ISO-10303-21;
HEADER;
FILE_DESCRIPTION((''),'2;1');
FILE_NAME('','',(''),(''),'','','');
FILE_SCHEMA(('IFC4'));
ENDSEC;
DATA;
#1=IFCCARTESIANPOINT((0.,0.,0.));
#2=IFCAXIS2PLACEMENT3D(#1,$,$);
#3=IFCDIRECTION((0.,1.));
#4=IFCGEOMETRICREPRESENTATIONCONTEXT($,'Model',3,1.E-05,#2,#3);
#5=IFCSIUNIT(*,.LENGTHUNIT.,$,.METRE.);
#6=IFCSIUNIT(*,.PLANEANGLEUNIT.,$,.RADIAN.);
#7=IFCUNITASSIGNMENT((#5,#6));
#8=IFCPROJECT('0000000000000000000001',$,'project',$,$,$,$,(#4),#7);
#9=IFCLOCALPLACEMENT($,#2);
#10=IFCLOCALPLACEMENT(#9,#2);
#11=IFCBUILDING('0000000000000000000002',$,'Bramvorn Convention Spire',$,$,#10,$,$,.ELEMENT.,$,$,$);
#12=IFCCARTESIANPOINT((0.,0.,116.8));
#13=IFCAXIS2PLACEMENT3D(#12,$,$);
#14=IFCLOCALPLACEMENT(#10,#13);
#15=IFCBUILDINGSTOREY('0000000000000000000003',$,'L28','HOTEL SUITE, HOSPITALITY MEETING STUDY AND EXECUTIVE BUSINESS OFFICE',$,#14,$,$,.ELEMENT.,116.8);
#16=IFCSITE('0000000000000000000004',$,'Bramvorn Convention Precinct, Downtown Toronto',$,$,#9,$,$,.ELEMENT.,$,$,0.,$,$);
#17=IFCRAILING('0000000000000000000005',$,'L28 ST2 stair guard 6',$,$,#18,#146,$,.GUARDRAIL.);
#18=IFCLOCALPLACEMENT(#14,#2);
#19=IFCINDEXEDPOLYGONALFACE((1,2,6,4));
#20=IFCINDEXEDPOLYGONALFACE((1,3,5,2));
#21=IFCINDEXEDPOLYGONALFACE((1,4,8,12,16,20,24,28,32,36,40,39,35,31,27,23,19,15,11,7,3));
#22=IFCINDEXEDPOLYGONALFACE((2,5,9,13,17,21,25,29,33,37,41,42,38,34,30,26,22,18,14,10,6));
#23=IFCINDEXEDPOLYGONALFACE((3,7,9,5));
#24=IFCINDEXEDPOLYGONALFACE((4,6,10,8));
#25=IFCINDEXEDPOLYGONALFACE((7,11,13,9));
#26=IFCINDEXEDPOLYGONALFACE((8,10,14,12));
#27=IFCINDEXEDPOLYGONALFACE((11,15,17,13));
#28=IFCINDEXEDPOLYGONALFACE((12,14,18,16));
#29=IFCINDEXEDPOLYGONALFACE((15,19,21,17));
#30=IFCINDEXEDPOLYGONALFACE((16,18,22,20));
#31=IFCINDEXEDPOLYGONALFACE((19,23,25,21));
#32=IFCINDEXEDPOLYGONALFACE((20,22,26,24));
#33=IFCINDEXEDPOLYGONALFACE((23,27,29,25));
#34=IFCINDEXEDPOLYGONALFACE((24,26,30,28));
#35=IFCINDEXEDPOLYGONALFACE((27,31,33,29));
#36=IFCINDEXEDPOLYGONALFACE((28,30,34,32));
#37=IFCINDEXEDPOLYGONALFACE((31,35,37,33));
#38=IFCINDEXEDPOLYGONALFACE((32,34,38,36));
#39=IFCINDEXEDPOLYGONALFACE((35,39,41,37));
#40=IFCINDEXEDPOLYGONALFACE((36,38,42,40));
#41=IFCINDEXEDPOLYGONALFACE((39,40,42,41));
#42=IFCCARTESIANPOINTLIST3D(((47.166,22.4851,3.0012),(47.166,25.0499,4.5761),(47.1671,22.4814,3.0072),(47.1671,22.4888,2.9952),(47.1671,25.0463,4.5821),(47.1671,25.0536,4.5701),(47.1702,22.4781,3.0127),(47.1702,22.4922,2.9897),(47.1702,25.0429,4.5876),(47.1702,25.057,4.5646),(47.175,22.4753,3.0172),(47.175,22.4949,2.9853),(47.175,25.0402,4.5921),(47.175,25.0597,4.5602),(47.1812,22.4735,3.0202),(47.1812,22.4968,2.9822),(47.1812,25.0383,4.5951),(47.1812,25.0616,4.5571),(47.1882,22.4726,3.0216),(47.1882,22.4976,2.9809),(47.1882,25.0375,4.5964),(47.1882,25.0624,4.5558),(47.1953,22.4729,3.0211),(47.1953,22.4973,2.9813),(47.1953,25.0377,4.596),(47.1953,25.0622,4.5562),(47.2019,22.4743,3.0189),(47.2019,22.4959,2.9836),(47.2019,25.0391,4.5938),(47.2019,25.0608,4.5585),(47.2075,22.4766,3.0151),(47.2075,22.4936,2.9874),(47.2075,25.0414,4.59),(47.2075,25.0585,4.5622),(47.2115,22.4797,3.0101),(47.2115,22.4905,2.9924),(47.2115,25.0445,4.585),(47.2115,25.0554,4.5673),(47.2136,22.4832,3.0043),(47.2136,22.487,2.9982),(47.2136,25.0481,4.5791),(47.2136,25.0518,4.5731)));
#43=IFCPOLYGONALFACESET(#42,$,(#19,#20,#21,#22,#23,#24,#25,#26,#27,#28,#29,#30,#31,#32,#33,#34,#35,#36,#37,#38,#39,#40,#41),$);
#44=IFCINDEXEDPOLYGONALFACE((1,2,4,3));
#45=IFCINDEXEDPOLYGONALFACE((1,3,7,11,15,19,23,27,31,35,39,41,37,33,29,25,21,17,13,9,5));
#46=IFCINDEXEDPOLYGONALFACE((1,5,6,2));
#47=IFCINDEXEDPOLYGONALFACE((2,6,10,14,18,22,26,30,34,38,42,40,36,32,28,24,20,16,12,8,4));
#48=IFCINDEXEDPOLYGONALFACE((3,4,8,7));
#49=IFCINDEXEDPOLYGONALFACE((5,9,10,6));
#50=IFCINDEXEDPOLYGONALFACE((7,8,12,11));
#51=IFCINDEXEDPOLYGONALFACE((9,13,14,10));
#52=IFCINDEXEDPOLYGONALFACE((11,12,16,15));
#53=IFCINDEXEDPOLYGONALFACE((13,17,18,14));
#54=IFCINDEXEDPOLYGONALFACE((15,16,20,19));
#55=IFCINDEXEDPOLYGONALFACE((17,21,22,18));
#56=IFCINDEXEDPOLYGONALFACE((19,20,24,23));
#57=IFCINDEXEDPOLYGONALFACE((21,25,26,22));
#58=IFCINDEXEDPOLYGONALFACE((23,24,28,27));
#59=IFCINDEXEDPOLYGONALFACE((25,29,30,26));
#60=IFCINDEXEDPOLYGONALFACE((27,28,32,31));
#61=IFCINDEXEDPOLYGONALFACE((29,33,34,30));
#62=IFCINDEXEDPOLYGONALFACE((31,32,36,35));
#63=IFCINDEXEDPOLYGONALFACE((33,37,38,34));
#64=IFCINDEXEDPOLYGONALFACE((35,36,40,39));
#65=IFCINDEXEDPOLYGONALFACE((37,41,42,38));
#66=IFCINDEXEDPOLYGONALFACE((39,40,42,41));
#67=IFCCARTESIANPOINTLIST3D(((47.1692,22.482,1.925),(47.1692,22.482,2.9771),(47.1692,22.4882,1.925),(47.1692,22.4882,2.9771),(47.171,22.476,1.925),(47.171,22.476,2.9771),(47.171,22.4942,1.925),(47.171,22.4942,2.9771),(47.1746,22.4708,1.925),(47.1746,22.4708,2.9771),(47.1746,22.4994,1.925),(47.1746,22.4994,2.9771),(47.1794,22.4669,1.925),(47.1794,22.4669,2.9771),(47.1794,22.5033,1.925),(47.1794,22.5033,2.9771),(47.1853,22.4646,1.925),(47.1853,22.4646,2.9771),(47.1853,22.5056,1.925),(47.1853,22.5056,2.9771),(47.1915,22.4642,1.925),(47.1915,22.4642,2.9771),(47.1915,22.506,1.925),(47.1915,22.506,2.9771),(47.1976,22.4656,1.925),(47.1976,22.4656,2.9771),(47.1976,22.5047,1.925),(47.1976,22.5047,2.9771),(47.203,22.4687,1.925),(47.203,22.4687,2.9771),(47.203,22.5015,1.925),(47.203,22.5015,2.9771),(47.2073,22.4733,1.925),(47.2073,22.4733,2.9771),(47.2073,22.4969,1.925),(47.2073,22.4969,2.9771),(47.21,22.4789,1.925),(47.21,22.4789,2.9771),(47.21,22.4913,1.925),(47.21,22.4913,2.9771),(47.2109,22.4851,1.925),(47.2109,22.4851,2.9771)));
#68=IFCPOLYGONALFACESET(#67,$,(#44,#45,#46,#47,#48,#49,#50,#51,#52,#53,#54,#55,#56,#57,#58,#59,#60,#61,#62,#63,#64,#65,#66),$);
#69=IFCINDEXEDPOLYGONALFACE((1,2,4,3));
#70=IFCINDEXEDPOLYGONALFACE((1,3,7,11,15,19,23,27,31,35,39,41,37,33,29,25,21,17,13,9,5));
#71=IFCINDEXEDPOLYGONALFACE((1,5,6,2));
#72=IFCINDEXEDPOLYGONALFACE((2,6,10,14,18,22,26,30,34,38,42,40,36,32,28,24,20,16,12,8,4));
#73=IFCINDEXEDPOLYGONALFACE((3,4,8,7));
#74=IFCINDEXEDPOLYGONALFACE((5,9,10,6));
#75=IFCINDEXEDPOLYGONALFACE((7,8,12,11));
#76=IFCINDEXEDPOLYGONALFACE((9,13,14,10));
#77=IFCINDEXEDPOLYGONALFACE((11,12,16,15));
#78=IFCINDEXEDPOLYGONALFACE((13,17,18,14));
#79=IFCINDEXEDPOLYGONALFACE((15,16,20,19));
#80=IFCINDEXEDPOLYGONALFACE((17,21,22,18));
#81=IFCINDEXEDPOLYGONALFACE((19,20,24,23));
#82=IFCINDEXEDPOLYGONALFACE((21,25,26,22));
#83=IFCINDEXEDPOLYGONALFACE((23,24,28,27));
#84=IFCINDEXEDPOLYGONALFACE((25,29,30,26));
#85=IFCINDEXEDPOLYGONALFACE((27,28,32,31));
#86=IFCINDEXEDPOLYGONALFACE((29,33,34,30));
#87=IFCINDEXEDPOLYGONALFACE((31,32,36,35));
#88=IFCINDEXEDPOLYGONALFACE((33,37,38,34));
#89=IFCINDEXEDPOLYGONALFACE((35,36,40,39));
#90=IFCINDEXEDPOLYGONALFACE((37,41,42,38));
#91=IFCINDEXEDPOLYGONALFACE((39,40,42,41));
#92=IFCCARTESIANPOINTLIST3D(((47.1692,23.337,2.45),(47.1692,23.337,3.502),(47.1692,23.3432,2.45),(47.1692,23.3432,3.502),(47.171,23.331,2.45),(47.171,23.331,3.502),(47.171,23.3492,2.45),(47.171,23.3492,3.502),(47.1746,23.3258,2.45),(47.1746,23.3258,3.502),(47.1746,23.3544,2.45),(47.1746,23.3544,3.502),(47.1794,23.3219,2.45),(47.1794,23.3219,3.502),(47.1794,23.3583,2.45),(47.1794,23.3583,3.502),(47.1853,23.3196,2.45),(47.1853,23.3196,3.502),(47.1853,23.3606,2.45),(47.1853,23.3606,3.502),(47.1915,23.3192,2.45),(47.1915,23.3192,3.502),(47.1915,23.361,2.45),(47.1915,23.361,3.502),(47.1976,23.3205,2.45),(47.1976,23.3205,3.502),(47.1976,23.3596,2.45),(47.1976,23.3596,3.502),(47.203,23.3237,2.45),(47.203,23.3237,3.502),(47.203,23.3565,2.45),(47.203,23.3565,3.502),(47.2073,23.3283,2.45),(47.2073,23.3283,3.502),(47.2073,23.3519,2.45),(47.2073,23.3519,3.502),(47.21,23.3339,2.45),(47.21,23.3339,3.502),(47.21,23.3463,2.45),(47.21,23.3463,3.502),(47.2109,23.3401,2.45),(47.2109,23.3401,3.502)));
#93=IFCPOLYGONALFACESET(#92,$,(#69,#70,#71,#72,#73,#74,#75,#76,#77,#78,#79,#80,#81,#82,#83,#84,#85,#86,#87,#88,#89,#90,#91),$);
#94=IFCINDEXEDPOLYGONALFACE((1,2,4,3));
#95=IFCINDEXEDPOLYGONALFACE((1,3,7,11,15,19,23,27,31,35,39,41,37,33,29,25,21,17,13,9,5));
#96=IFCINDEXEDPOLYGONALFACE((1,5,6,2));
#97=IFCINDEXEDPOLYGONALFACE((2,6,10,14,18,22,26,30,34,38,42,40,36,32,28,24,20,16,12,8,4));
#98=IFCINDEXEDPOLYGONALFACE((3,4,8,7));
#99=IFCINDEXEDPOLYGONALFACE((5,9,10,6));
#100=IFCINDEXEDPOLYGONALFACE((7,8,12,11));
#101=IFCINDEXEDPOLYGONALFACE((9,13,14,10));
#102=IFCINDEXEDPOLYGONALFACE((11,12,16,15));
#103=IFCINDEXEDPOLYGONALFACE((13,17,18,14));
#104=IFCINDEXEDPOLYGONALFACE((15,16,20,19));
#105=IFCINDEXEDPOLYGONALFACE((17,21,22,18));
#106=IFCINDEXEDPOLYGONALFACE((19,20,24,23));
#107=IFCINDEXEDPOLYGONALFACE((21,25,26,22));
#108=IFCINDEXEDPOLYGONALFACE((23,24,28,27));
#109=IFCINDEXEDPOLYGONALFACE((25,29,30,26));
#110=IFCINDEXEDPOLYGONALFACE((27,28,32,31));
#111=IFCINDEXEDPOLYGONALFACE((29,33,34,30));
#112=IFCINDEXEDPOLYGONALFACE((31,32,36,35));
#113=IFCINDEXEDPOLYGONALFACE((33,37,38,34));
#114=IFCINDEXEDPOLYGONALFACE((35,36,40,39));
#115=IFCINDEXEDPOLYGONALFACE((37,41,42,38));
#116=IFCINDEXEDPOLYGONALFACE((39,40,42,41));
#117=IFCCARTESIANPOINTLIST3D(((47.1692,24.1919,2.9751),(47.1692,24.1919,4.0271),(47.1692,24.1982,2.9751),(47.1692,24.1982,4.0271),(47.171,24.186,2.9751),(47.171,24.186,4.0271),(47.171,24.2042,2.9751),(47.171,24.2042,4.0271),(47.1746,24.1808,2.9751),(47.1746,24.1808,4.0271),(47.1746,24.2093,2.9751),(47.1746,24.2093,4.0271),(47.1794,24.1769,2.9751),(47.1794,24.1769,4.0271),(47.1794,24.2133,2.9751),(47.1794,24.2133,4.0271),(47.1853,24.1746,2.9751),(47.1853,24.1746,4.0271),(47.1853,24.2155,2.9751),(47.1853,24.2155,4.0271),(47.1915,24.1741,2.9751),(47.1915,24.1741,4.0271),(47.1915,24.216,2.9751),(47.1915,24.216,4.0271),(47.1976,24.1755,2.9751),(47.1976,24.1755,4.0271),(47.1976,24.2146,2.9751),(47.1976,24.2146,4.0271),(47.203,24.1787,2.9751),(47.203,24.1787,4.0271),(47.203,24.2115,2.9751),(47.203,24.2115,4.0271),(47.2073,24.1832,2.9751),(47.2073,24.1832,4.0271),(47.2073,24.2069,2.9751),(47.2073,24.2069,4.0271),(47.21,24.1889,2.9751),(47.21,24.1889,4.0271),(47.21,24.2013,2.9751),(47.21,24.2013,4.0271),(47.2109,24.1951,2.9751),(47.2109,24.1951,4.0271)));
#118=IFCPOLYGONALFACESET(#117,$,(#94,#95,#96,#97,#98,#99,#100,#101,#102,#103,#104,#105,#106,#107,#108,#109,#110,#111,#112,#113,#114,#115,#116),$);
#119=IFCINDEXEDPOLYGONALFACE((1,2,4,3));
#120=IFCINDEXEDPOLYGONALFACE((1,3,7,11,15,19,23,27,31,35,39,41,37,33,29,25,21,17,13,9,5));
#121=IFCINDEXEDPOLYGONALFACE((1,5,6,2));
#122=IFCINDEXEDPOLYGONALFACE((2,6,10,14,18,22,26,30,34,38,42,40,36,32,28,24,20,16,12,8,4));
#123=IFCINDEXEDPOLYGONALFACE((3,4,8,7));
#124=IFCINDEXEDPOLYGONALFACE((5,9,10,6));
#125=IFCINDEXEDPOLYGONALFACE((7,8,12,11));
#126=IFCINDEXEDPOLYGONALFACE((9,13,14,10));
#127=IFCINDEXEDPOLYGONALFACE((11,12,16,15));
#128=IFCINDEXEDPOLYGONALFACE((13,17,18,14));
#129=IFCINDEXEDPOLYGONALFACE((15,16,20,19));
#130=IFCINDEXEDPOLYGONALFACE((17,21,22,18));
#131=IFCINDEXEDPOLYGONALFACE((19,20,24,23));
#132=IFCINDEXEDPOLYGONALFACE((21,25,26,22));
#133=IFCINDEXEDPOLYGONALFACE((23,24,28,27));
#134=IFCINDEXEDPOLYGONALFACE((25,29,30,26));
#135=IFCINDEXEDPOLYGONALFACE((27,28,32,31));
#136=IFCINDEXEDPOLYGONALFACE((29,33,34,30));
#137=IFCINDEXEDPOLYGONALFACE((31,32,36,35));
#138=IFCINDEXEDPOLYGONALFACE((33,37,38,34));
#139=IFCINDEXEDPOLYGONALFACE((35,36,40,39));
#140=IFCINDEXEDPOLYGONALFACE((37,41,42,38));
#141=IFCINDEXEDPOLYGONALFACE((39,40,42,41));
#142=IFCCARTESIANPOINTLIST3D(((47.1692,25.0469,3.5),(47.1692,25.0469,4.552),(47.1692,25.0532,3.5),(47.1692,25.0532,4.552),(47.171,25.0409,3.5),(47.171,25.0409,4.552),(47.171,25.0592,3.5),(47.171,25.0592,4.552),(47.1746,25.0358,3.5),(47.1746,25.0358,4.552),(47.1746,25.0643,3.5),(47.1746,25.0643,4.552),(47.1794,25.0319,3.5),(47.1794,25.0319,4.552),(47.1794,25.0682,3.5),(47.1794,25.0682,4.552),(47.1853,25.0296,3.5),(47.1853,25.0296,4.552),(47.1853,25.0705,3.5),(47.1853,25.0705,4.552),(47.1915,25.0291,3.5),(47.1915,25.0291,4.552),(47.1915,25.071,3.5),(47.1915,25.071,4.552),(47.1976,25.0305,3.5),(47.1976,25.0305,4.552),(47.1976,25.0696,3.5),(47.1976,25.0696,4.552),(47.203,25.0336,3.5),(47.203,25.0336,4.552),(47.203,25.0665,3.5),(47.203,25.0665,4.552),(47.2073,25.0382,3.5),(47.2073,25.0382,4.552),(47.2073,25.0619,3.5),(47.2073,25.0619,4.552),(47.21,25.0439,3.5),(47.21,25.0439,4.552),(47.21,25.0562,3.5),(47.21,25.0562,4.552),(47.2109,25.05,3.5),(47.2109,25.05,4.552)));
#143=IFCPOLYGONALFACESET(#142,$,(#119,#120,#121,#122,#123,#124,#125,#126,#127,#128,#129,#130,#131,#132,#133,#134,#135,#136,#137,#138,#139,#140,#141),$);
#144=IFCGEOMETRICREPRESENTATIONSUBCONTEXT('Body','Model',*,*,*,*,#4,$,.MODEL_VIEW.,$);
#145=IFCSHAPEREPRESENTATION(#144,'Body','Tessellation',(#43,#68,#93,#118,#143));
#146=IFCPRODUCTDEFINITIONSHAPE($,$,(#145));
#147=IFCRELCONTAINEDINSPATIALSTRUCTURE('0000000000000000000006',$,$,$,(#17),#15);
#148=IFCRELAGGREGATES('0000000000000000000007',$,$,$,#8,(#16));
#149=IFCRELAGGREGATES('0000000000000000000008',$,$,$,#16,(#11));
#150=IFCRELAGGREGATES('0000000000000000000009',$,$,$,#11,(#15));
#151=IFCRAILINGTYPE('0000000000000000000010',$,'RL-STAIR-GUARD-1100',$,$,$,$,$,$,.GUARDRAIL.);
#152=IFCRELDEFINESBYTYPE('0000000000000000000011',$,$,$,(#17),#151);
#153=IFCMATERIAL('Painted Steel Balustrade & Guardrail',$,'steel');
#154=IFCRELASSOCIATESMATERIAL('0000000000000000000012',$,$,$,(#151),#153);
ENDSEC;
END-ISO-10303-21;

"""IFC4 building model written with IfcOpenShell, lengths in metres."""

from ifc_helpers import new_model, si_unit, direction, frame, origin, origin_2d, place, context, subcontext, project, spatial, circle, extrude, material, type_object, element, save


model = new_model("IFC4")

# Units and contexts
model_context = context("Model", 3, precision=1e-05, world=origin(), true_north=direction((0.0, 1.0)))
body_context = subcontext(model_context, "Body", "Model", "MODEL_VIEW")
ifc_project = project(units=[si_unit("LENGTHUNIT", "METRE"), si_unit("PLANEANGLEUNIT", "RADIAN")], contexts=[model_context])

# Site, building, storey
site_placement = place(None, origin())
site = spatial("IfcSite", under=ifc_project, at=site_placement, Name="Bramvorn Convention Precinct, Downtown Toronto", CompositionType="ELEMENT", RefElevation=0.0)
building_placement = place(site_placement, origin())
building = spatial("IfcBuilding", under=site, at=building_placement, Name="Bramvorn Convention Spire", CompositionType="ELEMENT")
storey_placement = place(building_placement, frame((0.0, 0.0, 116.8)))
storey = spatial("IfcBuildingStorey", under=building, at=storey_placement, Name="L28", Description="HOTEL SUITE, HOSPITALITY MEETING STUDY AND EXECUTIVE BUSINESS OFFICE", CompositionType="ELEMENT", Elevation=116.8)

# Railing
ifc_material_1 = material(Name="Painted Steel Balustrade & Guardrail", Category="steel")
railing_type_1 = type_object("IfcRailingType", Name="RL-STAIR-GUARD-1100", PredefinedType="GUARDRAIL", material=ifc_material_1)
railing_1_placement = place(storey_placement, frame((47.1899, 22.4851, 1.925)))
element("IfcRailing", 1, at=railing_1_placement, inside=storey, type_object=railing_type_1, Name="L28 ST2 stair guard 6", PredefinedType="GUARDRAIL", context=body_context, shape_type="SweptSolid", body=[
    extrude(circle(Radius=0.0239, at=origin_2d()), frame((0.0, 0.0, 1.0762), z_axis=(0.0, 0.852173, 0.52326), x_axis=(-1.0, 0.0, 0.0)), (0.0, 0.0, 1.0), 3.0098),
    extrude(circle(Radius=0.021, at=origin_2d()), origin(), (0.0, 0.0, 1.0), 1.052),
    extrude(circle(Radius=0.021, at=origin_2d()), frame((0.0, 0.855, 0.5249)), (0.0, 0.0, 1.0), 1.052),
    extrude(circle(Radius=0.021, at=origin_2d()), frame((0.0, 1.71, 1.05)), (0.0, 0.0, 1.0), 1.052),
    extrude(circle(Radius=0.021, at=origin_2d()), frame((0.0, 2.5649, 1.575)), (0.0, 0.0, 1.0), 1.052),
])

save(model, "model.ifc")
